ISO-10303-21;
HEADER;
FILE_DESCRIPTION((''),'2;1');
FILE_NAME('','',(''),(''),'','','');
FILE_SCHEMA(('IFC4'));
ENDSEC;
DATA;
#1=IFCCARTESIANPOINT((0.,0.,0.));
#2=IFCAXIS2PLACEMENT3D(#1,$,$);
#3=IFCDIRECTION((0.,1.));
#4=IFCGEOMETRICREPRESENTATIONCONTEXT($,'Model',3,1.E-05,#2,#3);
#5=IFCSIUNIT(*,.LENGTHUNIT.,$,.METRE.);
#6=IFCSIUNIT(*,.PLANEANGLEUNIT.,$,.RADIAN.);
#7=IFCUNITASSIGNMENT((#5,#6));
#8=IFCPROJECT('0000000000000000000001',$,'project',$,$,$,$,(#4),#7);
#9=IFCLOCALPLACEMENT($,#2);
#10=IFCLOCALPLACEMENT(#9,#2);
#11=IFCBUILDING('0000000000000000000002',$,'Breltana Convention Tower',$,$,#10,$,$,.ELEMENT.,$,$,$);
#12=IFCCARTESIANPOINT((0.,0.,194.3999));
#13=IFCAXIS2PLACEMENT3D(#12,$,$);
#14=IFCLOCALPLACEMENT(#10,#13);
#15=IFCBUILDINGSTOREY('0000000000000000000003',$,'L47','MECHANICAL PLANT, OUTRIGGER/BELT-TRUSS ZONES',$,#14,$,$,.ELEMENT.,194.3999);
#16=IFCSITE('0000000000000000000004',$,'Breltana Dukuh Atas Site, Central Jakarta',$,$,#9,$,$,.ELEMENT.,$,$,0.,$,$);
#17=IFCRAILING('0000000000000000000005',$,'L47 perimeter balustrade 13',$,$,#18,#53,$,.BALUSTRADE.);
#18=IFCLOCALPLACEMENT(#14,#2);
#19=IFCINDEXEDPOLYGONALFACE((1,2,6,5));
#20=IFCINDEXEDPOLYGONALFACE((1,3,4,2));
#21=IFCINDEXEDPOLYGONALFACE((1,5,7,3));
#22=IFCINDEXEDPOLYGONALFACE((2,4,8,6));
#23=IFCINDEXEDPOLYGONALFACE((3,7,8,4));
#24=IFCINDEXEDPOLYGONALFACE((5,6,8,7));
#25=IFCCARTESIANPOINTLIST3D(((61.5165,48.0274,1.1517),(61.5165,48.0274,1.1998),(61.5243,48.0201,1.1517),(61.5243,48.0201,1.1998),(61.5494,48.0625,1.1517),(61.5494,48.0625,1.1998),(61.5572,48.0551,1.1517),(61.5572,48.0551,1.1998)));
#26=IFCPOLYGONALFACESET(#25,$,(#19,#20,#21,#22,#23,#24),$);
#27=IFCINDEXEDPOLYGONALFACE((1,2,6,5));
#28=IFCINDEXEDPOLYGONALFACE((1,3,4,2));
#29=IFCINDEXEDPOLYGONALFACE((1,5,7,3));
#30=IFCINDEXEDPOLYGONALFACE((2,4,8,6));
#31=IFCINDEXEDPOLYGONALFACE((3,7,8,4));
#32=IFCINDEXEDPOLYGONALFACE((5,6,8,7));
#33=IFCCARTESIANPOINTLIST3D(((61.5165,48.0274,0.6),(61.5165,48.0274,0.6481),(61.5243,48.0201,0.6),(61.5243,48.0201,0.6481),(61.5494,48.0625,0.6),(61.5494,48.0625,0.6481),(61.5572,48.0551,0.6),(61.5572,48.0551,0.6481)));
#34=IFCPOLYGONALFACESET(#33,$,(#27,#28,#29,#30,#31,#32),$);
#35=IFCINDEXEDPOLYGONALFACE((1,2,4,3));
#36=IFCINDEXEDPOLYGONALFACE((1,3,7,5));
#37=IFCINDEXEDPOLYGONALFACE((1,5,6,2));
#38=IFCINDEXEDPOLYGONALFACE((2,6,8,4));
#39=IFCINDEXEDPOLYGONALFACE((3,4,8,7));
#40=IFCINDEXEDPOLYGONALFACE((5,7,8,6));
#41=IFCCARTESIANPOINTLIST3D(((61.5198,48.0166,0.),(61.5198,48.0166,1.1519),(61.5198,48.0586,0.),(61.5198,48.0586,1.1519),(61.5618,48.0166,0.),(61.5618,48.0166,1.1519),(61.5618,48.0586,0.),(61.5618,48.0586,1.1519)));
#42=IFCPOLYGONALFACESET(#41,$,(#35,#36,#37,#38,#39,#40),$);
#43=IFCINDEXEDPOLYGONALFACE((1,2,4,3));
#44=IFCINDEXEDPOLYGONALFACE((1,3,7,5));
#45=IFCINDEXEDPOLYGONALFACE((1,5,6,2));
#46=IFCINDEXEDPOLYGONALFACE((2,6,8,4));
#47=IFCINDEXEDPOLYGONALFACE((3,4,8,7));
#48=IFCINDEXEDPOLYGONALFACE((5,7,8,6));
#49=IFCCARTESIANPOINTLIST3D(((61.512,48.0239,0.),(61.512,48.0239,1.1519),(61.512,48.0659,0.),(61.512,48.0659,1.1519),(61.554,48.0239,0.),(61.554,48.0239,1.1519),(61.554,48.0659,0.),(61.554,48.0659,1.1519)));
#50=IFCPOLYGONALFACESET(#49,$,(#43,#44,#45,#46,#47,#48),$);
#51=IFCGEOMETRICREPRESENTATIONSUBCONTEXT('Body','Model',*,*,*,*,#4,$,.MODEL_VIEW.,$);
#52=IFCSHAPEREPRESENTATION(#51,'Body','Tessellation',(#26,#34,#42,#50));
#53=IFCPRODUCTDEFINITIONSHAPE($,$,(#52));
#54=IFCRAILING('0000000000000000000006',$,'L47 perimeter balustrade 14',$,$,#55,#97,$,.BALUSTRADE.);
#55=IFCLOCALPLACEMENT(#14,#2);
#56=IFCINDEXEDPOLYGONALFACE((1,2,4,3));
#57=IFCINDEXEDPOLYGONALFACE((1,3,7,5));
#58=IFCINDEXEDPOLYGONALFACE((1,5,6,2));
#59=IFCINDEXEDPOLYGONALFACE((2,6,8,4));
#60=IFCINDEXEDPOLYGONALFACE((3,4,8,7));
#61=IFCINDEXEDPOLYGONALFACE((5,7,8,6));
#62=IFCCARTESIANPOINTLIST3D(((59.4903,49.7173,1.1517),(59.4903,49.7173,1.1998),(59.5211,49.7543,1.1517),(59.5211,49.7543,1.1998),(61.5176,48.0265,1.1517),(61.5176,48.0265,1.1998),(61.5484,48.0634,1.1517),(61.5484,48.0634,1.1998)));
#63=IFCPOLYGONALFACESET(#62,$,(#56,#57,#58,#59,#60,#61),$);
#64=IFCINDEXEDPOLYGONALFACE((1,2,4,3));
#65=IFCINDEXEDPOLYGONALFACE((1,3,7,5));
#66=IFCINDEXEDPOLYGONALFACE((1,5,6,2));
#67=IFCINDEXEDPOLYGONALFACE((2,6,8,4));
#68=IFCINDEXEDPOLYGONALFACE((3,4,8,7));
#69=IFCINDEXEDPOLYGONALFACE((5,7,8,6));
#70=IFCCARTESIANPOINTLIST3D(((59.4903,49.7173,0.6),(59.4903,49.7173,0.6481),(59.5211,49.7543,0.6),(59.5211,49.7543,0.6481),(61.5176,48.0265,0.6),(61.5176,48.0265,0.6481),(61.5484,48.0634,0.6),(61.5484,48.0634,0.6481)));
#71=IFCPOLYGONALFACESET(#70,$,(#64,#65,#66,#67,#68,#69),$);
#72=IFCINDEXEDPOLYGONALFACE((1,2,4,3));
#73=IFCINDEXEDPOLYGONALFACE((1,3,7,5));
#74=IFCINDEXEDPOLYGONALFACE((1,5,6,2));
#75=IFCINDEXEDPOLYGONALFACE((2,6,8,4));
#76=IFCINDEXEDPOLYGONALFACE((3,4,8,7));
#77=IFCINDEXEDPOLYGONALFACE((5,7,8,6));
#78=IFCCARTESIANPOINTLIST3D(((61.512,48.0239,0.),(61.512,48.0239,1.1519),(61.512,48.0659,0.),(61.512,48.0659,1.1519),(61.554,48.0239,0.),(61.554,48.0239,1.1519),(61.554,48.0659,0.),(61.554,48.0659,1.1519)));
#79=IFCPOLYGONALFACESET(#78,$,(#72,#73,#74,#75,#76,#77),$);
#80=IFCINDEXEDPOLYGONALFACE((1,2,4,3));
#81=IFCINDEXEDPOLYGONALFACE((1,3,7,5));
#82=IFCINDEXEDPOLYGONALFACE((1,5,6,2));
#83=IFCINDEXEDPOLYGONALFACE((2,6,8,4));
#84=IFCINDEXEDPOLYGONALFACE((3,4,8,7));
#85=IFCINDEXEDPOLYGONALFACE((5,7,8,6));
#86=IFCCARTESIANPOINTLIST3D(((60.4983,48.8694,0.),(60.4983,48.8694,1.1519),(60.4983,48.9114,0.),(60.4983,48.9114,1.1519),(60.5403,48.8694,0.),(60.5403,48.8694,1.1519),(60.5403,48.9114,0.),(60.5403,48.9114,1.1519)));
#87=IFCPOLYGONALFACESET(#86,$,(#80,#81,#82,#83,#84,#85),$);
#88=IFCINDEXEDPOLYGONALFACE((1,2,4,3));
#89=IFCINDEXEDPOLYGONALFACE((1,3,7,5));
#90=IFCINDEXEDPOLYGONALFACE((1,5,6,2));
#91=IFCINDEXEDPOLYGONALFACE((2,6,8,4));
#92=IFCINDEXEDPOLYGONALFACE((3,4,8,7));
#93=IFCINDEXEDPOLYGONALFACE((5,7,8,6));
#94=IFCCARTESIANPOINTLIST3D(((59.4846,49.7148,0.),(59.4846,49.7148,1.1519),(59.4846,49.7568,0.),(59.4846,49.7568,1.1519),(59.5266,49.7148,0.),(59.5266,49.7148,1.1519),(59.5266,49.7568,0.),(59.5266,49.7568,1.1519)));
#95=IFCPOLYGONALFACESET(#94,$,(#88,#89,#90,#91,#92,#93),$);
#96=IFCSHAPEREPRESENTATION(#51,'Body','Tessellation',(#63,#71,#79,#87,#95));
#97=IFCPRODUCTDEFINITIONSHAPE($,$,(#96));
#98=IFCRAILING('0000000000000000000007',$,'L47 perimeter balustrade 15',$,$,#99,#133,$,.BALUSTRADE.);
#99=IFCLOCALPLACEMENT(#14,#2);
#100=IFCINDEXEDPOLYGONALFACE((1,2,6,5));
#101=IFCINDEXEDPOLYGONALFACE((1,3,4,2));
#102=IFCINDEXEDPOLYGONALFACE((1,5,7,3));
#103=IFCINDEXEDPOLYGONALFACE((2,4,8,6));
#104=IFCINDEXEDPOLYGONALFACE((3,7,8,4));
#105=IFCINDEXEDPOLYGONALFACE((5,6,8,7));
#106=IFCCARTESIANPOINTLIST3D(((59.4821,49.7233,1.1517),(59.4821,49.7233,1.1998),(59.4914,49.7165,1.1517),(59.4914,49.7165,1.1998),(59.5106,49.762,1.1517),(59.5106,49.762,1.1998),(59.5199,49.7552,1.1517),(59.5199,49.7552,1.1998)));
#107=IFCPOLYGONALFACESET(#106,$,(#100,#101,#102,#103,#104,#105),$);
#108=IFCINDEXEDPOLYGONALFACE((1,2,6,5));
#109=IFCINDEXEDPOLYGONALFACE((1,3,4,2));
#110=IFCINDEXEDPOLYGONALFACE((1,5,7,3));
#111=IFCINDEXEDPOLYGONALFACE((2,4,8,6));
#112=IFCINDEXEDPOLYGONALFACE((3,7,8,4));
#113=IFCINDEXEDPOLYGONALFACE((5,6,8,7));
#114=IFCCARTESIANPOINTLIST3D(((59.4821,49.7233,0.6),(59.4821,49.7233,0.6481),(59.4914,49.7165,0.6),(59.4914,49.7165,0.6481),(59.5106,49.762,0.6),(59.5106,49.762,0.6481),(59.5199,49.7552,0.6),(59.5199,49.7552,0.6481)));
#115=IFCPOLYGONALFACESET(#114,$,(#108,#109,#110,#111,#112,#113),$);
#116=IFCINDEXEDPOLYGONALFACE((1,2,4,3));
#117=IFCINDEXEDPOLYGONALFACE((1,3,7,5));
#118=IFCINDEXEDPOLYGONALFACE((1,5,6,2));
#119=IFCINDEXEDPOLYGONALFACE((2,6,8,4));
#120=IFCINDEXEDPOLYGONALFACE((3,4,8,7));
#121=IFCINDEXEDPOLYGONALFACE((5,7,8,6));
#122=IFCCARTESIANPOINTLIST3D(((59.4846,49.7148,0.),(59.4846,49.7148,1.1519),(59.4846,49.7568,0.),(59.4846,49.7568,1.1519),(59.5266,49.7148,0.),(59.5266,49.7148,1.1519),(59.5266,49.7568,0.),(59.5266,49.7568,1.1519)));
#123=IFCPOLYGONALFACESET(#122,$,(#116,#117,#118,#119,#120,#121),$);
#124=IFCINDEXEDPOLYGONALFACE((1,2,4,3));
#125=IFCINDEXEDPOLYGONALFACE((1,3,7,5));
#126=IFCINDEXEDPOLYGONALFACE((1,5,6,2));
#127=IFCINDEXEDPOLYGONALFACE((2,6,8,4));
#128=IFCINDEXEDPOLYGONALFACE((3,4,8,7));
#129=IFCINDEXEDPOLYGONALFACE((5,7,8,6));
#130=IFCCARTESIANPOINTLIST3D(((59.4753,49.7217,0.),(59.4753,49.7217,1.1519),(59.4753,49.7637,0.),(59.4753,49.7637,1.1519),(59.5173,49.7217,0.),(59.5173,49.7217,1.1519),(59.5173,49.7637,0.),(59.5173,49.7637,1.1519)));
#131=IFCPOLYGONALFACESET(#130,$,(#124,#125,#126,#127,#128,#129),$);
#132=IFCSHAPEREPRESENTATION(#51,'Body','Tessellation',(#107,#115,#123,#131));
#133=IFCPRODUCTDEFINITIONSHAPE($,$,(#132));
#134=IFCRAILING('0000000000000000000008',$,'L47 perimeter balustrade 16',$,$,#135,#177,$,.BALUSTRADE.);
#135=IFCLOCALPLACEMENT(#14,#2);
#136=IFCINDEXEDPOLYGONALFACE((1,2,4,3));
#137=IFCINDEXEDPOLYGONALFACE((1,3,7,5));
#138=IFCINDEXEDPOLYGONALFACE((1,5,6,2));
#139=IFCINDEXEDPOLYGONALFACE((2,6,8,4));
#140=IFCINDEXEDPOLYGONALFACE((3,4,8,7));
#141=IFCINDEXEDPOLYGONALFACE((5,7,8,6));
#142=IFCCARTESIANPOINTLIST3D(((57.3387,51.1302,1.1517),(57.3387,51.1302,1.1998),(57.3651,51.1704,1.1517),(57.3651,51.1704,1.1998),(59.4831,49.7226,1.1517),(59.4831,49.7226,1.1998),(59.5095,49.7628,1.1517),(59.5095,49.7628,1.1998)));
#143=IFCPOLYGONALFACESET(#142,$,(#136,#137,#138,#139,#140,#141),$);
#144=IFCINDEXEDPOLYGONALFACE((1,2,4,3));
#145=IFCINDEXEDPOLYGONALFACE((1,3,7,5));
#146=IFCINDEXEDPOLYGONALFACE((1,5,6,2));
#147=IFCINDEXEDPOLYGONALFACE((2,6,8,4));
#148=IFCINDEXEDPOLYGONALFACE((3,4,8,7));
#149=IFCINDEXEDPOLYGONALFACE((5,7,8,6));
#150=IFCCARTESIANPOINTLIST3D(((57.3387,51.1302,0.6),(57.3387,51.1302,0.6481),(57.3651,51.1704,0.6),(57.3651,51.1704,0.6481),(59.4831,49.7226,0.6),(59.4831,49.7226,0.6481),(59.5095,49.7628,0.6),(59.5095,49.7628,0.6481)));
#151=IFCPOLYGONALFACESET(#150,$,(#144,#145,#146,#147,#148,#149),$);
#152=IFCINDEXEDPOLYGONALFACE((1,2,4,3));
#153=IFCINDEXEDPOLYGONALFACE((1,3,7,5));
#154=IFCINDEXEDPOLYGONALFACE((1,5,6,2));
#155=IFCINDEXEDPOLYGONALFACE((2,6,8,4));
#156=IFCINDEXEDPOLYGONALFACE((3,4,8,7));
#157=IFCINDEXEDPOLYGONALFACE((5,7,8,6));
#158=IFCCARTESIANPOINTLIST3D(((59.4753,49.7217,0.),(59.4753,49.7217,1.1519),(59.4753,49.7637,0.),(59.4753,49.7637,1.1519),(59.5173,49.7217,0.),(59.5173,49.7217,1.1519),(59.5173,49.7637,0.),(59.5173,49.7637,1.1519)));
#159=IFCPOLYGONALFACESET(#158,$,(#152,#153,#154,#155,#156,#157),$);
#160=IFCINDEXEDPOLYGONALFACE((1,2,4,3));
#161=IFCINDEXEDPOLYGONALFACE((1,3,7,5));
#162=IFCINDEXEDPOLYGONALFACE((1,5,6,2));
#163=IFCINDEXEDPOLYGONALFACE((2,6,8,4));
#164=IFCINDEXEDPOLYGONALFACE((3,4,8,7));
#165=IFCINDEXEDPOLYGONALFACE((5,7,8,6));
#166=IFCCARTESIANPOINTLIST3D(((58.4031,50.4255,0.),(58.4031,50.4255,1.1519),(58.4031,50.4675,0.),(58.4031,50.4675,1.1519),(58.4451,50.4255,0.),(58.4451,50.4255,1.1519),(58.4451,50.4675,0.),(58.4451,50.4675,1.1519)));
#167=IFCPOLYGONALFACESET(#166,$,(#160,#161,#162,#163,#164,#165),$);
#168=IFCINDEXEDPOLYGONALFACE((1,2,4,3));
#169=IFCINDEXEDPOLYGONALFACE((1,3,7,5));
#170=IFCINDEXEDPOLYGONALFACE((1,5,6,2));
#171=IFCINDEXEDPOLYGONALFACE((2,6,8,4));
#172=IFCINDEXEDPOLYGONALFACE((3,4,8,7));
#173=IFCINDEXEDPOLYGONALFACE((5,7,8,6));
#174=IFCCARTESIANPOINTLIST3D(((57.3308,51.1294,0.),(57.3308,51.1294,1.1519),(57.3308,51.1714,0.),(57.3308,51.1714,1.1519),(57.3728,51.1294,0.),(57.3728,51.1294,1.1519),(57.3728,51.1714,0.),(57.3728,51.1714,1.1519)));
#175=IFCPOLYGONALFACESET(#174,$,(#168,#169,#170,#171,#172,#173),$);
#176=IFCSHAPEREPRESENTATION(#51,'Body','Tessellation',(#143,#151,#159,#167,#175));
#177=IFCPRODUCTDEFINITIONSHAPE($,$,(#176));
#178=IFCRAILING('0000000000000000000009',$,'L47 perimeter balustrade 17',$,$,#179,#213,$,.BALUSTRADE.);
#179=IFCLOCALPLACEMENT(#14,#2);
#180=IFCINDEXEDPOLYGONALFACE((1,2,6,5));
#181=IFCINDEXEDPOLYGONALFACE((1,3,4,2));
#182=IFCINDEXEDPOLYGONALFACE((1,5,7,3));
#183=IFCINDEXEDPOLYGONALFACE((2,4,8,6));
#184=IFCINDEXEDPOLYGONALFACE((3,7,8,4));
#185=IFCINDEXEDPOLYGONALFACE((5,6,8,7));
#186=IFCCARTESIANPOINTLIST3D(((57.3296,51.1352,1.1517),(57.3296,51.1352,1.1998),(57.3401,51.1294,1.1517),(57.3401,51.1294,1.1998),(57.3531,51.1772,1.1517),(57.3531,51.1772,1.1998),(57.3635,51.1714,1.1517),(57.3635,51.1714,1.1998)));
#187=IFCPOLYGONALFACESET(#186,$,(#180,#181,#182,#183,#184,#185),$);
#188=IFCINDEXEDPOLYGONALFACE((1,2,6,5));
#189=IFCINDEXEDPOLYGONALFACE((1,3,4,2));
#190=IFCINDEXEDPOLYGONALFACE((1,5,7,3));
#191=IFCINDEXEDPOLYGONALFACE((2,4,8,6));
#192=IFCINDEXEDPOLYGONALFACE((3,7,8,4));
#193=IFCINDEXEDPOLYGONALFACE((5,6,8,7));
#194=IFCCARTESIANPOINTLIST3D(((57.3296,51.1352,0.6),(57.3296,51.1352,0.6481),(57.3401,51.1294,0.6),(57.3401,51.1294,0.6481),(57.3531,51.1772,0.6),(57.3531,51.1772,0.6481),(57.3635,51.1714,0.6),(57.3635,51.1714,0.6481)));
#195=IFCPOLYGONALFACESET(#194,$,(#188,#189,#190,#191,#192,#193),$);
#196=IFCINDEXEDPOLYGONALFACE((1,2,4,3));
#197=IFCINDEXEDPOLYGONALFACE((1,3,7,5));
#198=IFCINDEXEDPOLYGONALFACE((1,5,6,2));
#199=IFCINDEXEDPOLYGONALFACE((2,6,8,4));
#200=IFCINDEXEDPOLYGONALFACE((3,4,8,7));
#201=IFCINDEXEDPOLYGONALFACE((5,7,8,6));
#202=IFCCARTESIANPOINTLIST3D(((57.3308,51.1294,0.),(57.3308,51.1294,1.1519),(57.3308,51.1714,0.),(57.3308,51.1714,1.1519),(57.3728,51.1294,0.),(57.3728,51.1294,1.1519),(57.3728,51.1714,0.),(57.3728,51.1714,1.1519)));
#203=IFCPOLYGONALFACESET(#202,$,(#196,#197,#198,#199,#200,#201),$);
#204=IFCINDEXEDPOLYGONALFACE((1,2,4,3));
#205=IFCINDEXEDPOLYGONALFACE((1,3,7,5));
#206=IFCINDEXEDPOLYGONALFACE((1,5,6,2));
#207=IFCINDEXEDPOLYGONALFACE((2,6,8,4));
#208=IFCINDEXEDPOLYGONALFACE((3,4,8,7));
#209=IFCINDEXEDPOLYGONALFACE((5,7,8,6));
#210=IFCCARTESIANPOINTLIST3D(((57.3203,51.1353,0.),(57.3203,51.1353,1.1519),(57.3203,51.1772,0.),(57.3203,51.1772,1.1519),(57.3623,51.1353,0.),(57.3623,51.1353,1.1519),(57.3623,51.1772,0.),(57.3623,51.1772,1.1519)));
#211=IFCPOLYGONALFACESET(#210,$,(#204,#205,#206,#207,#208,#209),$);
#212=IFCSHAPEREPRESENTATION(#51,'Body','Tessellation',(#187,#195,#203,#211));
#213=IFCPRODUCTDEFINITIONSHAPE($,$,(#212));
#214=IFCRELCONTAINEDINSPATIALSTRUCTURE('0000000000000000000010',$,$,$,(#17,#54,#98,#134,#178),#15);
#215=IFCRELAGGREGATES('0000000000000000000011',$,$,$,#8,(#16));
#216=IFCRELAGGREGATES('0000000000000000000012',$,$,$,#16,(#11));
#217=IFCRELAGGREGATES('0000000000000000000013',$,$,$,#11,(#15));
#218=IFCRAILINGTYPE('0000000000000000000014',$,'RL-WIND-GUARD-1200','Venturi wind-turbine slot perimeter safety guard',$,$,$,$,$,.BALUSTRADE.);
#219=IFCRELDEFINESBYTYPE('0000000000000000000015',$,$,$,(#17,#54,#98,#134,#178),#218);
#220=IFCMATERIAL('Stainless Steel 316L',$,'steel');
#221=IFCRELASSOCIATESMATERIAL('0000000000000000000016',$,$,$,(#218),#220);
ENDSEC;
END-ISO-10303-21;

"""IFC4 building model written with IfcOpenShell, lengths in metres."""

from ifc_helpers import new_model, si_unit, direction, frame, origin, origin_2d, place, context, subcontext, project, spatial, rectangle, extrude, material, type_object, element, save


model = new_model("IFC4")

# Units and contexts
model_context = context("Model", 3, precision=1e-05, world=origin(), true_north=direction((0.0, 1.0)))
body_context = subcontext(model_context, "Body", "Model", "MODEL_VIEW")
ifc_project = project(units=[si_unit("LENGTHUNIT", "METRE"), si_unit("PLANEANGLEUNIT", "RADIAN")], contexts=[model_context])

# Site, building, storey
site_placement = place(None, origin())
site = spatial("IfcSite", under=ifc_project, at=site_placement, Name="Breltana Dukuh Atas Site, Central Jakarta", CompositionType="ELEMENT", RefElevation=0.0)
building_placement = place(site_placement, origin())
building = spatial("IfcBuilding", under=site, at=building_placement, Name="Breltana Convention Tower", CompositionType="ELEMENT")
storey_placement = place(building_placement, frame((0.0, 0.0, 194.3999)))
storey = spatial("IfcBuildingStorey", under=building, at=storey_placement, Name="L47", Description="MECHANICAL PLANT, OUTRIGGER/BELT-TRUSS ZONES", CompositionType="ELEMENT", Elevation=194.3999)

# Railings
ifc_material_1 = material(Name="Stainless Steel 316L", Category="steel")
railing_type = type_object("IfcRailingType", Name="RL-WIND-GUARD-1200", Description="Venturi wind-turbine slot perimeter safety guard", PredefinedType="BALUSTRADE", material=ifc_material_1)
railing_1_placement = place(storey_placement, frame((61.5408, 48.0376, 0.0)))
element("IfcRailing", 1, at=railing_1_placement, inside=storey, type_object=railing_type, Name="L47 perimeter balustrade 13", PredefinedType="BALUSTRADE", context=body_context, shape_type="SweptSolid", body=[
    extrude(rectangle(XDim=0.0481, YDim=0.0481, at=origin_2d()), frame((0.0, 0.0, 1.1758), z_axis=(-0.729537, 0.683941, 0.0), x_axis=(-0.683941, -0.729537, 0.0)), (0.0, 0.0, 1.0), 0.0107),
    extrude(rectangle(XDim=0.0481, YDim=0.0481, at=origin_2d()), frame((0.0, 0.0, 0.624), z_axis=(-0.729537, 0.683941, 0.0), x_axis=(-0.683941, -0.729537, 0.0)), (0.0, 0.0, 1.0), 0.0107),
    extrude(rectangle(XDim=0.042, YDim=0.042, at=origin_2d()), origin(), (0.0, 0.0, 1.0), 1.1519),
    extrude(rectangle(XDim=0.042, YDim=0.042, at=origin_2d()), frame((-0.0078, 0.0073, 0.0)), (0.0, 0.0, 1.0), 1.1519),
])
railing_2_placement = place(storey_placement, frame((61.533, 48.0449, 0.0)))
element("IfcRailing", 2, at=railing_2_placement, inside=storey, type_object=railing_type, Name="L47 perimeter balustrade 14", PredefinedType="BALUSTRADE", context=body_context, shape_type="SweptSolid", body=[
    extrude(rectangle(XDim=0.0481, YDim=0.0481, at=origin_2d()), frame((0.0, 0.0, 1.1758), z_axis=(-0.767948, 0.640512, 0.0), x_axis=(-0.640512, -0.767948, 0.0)), (0.0, 0.0, 1.0), 2.6399),
    extrude(rectangle(XDim=0.0481, YDim=0.0481, at=origin_2d()), frame((0.0, 0.0, 0.624), z_axis=(-0.767948, 0.640512, 0.0), x_axis=(-0.640512, -0.767948, 0.0)), (0.0, 0.0, 1.0), 2.6399),
    extrude(rectangle(XDim=0.042, YDim=0.042, at=origin_2d()), origin(), (0.0, 0.0, 1.0), 1.1519),
    extrude(rectangle(XDim=0.042, YDim=0.042, at=origin_2d()), frame((-1.0137, 0.8455, 0.0)), (0.0, 0.0, 1.0), 1.1519),
    extrude(rectangle(XDim=0.042, YDim=0.042, at=origin_2d()), frame((-2.0273, 1.6909, 0.0)), (0.0, 0.0, 1.0), 1.1519),
])
railing_3_placement = place(storey_placement, frame((59.5056, 49.7358, 0.0)))
element("IfcRailing", 3, at=railing_3_placement, inside=storey, type_object=railing_type, Name="L47 perimeter balustrade 15", PredefinedType="BALUSTRADE", context=body_context, shape_type="SweptSolid", body=[
    extrude(rectangle(XDim=0.0481, YDim=0.0481, at=origin_2d()), frame((0.0, 0.0, 1.1758), z_axis=(-0.805056, 0.593199, 0.0), x_axis=(-0.593199, -0.805056, 0.0)), (0.0, 0.0, 1.0), 0.0115),
    extrude(rectangle(XDim=0.0481, YDim=0.0481, at=origin_2d()), frame((0.0, 0.0, 0.624), z_axis=(-0.805056, 0.593199, 0.0), x_axis=(-0.593199, -0.805056, 0.0)), (0.0, 0.0, 1.0), 0.0115),
    extrude(rectangle(XDim=0.042, YDim=0.042, at=origin_2d()), origin(), (0.0, 0.0, 1.0), 1.1519),
    extrude(rectangle(XDim=0.042, YDim=0.042, at=origin_2d()), frame((-0.0093, 0.0068, 0.0)), (0.0, 0.0, 1.0), 1.1519),
])
railing_4_placement = place(storey_placement, frame((59.4963, 49.7427, 0.0)))
element("IfcRailing", 4, at=railing_4_placement, inside=storey, type_object=railing_type, Name="L47 perimeter balustrade 16", PredefinedType="BALUSTRADE", context=body_context, shape_type="SweptSolid", body=[
    extrude(rectangle(XDim=0.0481, YDim=0.0481, at=origin_2d()), frame((0.0, 0.0, 1.1758), z_axis=(-0.835982, 0.548756, 0.0), x_axis=(-0.548756, -0.835982, 0.0)), (0.0, 0.0, 1.0), 2.5652),
    extrude(rectangle(XDim=0.0481, YDim=0.0481, at=origin_2d()), frame((0.0, 0.0, 0.624), z_axis=(-0.835982, 0.548756, 0.0), x_axis=(-0.548756, -0.835982, 0.0)), (0.0, 0.0, 1.0), 2.5652),
    extrude(rectangle(XDim=0.042, YDim=0.042, at=origin_2d()), origin(), (0.0, 0.0, 1.0), 1.1519),
    extrude(rectangle(XDim=0.042, YDim=0.042, at=origin_2d()), frame((-1.0723, 0.7039, 0.0)), (0.0, 0.0, 1.0), 1.1519),
    extrude(rectangle(XDim=0.042, YDim=0.042, at=origin_2d()), frame((-2.1445, 1.4077, 0.0)), (0.0, 0.0, 1.0), 1.1519),
])
railing_5_placement = place(storey_placement, frame((57.3518, 51.1504, 0.0)))
element("IfcRailing", 5, at=railing_5_placement, inside=storey, type_object=railing_type, Name="L47 perimeter balustrade 17", PredefinedType="BALUSTRADE", context=body_context, shape_type="SweptSolid", body=[
    extrude(rectangle(XDim=0.0481, YDim=0.0481, at=origin_2d()), frame((0.0, 0.0, 1.1758), z_axis=(-0.873198, 0.487366, 0.0), x_axis=(-0.487366, -0.873198, 0.0)), (0.0, 0.0, 1.0), 0.012),
    extrude(rectangle(XDim=0.0481, YDim=0.0481, at=origin_2d()), frame((0.0, 0.0, 0.624), z_axis=(-0.873198, 0.487366, 0.0), x_axis=(-0.487366, -0.873198, 0.0)), (0.0, 0.0, 1.0), 0.012),
    extrude(rectangle(XDim=0.042, YDim=0.042, at=origin_2d()), origin(), (0.0, 0.0, 1.0), 1.1519),
    extrude(rectangle(XDim=0.042, YDim=0.042, at=origin_2d()), frame((-0.0105, 0.0059, 0.0)), (0.0, 0.0, 1.0), 1.1519),
])

save(model, "model.ifc")
